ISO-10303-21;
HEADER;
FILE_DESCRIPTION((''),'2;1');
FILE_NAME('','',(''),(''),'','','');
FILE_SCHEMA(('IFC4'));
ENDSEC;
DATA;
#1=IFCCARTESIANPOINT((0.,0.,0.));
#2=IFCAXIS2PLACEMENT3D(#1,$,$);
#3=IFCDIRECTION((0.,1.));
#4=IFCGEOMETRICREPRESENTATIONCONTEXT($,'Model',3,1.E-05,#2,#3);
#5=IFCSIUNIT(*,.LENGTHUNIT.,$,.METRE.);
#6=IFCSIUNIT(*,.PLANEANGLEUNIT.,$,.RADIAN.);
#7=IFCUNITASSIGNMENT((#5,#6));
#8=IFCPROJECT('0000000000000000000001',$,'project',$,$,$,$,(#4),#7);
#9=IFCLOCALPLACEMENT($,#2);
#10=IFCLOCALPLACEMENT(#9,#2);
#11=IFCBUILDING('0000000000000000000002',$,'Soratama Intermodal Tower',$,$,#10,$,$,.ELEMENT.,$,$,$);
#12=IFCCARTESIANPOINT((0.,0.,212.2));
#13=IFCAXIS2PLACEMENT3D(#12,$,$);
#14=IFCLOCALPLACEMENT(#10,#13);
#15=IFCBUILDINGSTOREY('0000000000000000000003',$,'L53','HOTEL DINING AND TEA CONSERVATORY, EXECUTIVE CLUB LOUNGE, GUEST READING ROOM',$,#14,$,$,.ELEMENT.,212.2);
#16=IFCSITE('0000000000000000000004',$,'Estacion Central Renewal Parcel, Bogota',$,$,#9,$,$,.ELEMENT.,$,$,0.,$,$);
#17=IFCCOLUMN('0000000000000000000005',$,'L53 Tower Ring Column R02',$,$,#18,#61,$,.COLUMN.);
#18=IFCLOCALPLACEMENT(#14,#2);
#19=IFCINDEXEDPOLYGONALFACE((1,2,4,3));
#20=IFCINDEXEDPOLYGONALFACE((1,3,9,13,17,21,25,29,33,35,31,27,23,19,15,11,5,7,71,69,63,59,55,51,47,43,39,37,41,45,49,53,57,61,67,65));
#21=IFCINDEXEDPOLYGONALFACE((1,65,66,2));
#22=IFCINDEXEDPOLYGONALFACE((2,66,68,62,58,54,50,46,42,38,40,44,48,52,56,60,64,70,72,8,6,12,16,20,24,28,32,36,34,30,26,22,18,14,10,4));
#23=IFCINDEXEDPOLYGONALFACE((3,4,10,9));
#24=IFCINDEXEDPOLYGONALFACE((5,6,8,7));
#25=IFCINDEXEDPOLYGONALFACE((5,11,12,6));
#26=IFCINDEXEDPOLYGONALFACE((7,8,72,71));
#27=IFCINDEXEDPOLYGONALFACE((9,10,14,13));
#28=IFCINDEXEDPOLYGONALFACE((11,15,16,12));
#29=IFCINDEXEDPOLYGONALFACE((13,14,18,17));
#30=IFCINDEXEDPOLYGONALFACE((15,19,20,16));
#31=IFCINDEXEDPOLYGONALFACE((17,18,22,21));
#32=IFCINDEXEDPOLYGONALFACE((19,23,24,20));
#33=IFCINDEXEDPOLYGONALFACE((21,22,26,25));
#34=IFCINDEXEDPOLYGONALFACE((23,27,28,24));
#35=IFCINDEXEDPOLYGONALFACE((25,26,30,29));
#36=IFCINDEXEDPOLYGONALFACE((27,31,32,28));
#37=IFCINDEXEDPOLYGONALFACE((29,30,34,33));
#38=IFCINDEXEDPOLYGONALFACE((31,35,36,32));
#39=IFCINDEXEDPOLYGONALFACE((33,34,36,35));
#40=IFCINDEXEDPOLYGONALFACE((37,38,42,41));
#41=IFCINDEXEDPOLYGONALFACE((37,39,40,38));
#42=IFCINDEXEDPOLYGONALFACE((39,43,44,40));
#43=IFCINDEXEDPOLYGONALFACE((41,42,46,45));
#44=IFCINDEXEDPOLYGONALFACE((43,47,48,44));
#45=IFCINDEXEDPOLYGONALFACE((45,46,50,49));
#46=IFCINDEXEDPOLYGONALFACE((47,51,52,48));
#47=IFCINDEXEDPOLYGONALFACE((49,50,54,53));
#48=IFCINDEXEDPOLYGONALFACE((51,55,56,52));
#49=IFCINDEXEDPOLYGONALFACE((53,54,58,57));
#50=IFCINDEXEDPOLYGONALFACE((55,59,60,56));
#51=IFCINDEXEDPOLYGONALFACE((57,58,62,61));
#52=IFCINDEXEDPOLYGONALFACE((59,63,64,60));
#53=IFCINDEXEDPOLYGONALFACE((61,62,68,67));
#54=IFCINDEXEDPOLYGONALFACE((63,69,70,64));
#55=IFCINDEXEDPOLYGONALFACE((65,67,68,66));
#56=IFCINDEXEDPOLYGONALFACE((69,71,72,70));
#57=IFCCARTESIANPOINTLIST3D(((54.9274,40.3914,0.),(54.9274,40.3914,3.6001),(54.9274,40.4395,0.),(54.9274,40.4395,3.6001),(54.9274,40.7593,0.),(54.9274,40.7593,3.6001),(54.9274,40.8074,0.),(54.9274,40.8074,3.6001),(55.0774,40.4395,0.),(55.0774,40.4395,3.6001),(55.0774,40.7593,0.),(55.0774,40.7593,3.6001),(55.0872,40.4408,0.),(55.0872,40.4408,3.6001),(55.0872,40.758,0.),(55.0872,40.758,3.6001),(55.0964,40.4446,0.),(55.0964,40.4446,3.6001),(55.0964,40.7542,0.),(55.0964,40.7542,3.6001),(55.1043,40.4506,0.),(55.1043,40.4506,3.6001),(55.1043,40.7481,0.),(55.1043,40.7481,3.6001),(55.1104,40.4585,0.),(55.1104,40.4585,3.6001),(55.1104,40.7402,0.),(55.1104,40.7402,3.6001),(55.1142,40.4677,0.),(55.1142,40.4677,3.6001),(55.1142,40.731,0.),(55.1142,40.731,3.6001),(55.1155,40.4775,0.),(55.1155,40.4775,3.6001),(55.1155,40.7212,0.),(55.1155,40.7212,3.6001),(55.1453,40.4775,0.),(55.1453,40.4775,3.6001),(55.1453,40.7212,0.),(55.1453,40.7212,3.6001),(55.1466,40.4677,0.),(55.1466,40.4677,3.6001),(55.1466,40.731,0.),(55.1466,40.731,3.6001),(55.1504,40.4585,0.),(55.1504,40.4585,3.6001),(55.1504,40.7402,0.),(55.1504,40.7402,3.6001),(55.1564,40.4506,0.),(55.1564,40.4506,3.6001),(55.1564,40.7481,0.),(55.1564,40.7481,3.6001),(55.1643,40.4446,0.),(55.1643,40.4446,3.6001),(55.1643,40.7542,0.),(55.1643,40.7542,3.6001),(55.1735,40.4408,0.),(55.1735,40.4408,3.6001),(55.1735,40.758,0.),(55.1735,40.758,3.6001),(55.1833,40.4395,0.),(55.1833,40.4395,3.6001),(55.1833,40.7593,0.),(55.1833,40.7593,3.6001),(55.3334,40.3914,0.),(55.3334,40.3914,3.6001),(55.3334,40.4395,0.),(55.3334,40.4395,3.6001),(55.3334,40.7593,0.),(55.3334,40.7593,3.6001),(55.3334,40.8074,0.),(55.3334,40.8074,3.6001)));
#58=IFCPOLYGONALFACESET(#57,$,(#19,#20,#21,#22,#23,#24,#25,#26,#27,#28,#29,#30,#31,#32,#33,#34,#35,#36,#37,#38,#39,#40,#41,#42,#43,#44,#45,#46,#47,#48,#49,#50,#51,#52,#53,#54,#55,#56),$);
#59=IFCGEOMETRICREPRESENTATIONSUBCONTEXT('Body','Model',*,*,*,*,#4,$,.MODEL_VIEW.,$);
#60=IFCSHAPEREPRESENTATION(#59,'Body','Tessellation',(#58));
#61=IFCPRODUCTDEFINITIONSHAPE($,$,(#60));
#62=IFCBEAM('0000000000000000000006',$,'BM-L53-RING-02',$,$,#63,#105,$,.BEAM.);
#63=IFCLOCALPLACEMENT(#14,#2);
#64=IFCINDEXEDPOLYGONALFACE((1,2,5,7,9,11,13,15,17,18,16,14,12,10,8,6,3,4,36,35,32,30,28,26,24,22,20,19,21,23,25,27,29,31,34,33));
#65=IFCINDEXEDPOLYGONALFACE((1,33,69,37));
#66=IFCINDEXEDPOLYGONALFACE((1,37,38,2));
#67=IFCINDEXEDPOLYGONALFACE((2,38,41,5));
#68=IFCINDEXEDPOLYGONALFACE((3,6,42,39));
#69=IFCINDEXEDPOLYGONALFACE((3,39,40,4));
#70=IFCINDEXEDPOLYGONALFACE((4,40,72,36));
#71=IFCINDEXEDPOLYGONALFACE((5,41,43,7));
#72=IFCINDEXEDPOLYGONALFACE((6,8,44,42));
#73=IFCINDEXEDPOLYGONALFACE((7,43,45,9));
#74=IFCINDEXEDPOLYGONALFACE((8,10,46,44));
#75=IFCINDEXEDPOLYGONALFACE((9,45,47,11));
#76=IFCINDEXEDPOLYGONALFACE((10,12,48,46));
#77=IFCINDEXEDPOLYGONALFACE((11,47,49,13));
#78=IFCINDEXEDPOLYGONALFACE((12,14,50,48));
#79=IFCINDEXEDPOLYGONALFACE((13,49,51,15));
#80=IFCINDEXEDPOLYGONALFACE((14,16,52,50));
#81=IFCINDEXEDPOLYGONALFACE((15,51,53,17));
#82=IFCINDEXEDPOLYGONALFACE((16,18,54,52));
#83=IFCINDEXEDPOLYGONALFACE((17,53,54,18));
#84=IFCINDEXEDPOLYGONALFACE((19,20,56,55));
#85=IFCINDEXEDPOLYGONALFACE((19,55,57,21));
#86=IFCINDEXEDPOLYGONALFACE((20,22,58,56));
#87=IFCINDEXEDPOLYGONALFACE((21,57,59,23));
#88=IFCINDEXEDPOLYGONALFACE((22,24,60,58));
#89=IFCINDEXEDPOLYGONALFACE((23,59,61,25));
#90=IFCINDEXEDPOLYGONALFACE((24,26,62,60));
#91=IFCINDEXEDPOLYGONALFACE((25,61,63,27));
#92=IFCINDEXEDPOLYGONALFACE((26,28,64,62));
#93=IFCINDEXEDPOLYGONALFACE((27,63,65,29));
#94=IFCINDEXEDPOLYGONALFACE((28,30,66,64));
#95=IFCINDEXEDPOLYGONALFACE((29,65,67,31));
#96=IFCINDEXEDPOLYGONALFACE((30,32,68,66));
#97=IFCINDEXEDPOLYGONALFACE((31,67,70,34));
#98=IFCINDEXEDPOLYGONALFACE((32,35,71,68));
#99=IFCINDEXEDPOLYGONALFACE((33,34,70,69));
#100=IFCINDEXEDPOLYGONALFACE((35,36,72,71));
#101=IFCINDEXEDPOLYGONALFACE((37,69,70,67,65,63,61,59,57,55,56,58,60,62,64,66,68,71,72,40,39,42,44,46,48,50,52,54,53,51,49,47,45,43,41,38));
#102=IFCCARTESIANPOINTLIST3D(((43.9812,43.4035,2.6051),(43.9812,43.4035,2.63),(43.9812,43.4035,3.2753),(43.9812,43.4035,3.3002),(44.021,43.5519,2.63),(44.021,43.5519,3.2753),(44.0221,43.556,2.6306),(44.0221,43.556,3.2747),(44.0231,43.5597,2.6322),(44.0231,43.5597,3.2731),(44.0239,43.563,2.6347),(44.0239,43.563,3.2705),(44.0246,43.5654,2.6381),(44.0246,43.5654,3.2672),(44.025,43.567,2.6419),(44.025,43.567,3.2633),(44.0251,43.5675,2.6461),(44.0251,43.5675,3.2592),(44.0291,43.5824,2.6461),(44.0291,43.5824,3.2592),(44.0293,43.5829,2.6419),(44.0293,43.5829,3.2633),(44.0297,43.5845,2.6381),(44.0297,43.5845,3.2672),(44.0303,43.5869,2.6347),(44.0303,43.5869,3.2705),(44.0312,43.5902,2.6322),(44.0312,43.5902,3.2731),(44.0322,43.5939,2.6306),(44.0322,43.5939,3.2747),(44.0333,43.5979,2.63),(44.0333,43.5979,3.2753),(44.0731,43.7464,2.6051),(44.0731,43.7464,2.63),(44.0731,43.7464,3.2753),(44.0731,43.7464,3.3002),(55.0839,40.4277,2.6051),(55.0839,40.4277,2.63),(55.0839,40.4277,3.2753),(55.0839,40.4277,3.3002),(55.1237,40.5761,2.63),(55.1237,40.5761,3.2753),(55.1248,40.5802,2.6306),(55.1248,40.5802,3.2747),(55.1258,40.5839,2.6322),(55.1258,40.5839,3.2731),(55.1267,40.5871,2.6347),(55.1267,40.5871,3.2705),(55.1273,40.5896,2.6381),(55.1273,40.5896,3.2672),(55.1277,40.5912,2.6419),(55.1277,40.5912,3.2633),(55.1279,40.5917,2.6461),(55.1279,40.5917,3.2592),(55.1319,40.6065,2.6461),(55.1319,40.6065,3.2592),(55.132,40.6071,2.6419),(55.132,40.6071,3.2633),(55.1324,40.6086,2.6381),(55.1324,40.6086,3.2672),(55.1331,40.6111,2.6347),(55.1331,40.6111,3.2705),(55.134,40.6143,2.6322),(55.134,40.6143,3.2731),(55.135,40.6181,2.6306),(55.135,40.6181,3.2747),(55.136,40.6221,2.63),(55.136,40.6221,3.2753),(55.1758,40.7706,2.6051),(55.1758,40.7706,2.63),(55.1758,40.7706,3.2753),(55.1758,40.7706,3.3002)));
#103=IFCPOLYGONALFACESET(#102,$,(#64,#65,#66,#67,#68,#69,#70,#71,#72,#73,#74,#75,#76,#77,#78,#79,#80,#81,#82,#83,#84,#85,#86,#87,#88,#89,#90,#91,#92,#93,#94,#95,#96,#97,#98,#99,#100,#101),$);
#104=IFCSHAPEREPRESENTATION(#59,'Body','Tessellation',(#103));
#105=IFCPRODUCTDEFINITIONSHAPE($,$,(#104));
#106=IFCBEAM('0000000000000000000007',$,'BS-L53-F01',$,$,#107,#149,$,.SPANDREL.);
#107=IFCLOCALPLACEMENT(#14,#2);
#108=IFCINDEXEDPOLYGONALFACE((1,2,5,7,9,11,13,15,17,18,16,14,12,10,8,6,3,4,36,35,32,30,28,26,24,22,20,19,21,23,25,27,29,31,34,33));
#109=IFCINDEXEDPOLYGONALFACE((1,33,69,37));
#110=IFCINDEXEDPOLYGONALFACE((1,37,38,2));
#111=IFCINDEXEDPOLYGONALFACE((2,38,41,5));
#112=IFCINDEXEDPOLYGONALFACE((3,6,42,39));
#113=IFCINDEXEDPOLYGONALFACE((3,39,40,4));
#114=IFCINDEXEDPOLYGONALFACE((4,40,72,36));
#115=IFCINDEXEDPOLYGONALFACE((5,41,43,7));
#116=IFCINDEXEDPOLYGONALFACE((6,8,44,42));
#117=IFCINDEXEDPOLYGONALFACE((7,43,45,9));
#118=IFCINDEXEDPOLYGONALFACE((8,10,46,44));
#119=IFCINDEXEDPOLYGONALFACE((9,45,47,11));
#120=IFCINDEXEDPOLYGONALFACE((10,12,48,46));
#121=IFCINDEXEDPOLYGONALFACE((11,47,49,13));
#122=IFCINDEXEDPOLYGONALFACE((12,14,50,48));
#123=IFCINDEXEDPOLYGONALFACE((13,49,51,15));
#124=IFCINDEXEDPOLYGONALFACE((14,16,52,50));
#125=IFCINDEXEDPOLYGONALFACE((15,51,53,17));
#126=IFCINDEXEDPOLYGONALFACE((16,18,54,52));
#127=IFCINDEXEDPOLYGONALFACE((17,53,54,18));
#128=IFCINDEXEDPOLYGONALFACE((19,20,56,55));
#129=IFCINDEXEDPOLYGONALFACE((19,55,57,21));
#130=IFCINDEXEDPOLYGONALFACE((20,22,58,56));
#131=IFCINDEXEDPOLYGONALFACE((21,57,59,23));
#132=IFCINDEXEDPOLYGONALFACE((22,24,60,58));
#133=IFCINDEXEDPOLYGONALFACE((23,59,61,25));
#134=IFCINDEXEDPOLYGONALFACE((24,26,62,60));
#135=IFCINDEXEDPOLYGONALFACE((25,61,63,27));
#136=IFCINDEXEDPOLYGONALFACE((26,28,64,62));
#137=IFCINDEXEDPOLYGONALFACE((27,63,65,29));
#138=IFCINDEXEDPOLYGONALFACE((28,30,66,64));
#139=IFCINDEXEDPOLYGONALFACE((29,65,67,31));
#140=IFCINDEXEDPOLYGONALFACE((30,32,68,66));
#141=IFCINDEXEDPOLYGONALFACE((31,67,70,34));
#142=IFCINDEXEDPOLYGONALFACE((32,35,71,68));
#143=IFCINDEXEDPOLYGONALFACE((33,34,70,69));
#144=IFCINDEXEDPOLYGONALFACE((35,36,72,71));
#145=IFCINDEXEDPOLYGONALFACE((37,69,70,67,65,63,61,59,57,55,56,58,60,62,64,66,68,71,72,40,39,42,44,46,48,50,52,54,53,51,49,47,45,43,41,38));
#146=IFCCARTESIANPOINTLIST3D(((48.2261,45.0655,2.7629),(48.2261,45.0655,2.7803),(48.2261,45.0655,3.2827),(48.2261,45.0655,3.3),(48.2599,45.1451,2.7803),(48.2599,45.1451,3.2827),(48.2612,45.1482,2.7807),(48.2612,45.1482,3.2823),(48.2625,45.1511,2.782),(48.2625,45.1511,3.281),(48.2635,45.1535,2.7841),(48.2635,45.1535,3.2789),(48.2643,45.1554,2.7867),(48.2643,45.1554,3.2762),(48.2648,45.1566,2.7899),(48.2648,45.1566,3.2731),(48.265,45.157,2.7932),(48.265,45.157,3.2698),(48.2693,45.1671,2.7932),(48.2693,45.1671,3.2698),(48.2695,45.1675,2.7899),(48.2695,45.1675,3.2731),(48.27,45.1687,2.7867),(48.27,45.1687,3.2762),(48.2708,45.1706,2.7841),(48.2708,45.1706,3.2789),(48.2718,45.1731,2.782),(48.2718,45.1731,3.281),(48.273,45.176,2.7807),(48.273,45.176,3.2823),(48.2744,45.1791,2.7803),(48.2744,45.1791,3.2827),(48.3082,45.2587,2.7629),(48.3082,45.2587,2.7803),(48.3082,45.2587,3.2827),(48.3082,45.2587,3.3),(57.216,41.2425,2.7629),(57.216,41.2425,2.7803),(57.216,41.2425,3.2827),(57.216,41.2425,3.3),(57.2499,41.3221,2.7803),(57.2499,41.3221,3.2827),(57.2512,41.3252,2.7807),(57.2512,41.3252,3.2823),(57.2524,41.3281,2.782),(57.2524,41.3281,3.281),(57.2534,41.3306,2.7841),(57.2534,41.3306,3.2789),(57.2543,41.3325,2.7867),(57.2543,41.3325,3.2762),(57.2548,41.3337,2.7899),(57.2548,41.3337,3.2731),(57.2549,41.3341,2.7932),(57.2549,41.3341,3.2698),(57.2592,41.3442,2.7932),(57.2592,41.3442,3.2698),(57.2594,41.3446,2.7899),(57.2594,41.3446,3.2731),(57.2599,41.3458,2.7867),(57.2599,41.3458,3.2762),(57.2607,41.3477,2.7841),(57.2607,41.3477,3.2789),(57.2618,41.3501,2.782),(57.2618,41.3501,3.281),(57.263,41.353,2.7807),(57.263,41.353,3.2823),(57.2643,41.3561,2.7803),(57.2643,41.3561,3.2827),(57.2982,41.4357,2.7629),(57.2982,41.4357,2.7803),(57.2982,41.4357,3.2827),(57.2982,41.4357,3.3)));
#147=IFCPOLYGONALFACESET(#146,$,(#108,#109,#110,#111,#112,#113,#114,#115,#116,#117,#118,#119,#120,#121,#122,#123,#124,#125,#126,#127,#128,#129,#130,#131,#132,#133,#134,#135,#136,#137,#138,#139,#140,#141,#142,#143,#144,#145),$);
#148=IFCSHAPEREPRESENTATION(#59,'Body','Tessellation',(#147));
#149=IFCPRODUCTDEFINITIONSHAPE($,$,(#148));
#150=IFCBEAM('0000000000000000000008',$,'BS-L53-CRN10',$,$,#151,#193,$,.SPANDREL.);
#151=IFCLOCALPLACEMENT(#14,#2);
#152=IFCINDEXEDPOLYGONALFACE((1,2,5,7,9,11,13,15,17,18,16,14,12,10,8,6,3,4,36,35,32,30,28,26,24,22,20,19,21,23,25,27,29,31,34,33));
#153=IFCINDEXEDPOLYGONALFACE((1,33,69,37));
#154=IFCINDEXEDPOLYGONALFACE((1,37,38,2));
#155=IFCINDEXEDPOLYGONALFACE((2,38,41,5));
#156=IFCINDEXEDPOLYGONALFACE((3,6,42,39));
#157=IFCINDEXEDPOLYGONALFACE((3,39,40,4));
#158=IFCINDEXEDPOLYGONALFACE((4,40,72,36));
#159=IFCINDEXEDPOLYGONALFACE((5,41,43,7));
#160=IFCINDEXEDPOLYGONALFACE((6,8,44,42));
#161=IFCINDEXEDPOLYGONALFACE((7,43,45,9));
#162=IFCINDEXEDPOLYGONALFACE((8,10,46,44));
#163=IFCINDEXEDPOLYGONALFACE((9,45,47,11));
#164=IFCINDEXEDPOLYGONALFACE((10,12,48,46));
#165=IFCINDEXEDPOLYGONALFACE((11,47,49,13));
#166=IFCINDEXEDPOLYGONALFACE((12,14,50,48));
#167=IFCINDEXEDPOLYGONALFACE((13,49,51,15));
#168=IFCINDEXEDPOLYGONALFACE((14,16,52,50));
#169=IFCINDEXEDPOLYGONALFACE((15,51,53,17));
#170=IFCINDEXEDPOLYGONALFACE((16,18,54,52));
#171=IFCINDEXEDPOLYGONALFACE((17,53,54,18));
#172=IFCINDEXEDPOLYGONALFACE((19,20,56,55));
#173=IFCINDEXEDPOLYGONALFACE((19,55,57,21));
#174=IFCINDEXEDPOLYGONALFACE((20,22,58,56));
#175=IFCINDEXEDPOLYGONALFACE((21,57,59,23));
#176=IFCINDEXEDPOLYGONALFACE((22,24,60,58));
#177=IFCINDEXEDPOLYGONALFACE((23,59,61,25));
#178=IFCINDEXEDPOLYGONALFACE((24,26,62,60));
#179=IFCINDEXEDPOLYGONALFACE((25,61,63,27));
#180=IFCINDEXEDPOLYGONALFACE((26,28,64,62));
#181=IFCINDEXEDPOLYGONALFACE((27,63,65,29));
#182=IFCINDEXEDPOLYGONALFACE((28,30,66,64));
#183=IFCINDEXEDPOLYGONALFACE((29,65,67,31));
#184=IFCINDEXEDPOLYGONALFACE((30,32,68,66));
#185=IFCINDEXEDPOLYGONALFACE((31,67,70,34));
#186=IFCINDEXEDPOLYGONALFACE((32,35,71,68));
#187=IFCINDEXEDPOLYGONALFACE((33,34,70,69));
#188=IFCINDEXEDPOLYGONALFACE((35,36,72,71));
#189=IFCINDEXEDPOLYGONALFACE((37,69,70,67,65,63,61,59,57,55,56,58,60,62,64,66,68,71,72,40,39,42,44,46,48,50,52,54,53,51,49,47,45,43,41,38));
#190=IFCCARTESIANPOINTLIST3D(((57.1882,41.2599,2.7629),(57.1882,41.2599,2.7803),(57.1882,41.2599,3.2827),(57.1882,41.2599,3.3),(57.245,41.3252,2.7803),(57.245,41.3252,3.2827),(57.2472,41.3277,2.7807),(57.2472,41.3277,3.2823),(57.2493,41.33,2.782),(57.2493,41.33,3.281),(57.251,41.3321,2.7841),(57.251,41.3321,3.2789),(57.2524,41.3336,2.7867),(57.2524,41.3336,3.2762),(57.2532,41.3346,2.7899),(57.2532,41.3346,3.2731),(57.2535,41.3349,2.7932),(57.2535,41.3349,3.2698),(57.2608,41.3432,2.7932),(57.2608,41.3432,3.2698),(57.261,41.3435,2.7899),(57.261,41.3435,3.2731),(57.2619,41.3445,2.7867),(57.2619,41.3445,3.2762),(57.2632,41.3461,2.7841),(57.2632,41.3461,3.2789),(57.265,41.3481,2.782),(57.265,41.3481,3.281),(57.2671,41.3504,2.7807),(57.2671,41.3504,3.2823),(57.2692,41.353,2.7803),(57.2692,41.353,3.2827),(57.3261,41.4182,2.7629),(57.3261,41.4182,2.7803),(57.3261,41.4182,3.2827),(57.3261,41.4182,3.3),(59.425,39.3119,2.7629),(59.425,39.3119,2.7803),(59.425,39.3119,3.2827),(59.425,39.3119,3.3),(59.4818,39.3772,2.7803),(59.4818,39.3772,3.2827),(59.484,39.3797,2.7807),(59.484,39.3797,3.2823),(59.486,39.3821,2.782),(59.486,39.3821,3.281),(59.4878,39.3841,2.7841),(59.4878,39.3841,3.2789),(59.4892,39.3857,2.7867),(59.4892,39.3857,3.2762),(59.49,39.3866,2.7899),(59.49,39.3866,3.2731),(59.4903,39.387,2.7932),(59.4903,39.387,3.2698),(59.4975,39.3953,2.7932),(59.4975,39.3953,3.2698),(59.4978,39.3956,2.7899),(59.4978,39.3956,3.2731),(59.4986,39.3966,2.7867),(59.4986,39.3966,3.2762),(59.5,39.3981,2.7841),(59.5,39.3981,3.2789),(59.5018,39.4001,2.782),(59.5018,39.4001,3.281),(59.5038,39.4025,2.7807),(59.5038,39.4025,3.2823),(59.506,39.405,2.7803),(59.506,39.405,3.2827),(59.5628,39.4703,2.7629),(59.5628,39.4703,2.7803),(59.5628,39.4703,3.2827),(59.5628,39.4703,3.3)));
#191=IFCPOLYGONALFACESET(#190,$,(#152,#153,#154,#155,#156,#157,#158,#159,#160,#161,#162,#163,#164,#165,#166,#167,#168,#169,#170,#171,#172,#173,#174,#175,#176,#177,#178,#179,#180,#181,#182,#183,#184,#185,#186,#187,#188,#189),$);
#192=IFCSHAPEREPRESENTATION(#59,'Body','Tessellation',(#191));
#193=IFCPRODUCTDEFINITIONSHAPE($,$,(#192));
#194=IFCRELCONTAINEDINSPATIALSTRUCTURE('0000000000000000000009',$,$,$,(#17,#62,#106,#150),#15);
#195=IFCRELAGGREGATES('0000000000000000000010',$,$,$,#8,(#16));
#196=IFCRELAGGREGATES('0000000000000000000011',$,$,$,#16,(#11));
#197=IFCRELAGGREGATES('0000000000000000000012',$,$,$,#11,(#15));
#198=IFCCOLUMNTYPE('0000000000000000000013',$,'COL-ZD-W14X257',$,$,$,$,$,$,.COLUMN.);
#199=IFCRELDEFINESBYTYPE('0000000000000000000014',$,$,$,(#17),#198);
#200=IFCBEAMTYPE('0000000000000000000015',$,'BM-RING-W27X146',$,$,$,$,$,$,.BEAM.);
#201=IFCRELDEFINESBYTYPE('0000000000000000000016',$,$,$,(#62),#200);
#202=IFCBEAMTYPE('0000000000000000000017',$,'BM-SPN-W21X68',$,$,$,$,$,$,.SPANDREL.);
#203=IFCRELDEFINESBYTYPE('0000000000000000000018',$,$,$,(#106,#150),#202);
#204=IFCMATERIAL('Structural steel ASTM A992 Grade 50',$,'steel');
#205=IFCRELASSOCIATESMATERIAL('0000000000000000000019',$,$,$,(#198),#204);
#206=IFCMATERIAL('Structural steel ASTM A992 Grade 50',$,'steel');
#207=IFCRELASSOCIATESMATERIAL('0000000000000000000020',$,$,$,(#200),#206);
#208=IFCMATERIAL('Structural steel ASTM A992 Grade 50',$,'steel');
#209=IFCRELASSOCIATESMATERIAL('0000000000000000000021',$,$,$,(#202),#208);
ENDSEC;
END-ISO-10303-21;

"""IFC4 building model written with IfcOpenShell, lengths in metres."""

from ifc_helpers import new_model, si_unit, direction, frame, origin, origin_2d, place, context, subcontext, project, spatial, i_section, extrude, material, material_profile, profile_set, type_object, element, save


model = new_model("IFC4")

# Units and contexts
model_context = context("Model", 3, precision=1e-05, world=origin(), true_north=direction((0.0, 1.0)))
body_context = subcontext(model_context, "Body", "Model", "MODEL_VIEW")
ifc_project = project(units=[si_unit("LENGTHUNIT", "METRE"), si_unit("PLANEANGLEUNIT", "RADIAN")], contexts=[model_context])

# Site, building, storey
site_placement = place(None, origin())
site = spatial("IfcSite", under=ifc_project, at=site_placement, Name="Estacion Central Renewal Parcel, Bogota", CompositionType="ELEMENT", RefElevation=0.0)
building_placement = place(site_placement, origin())
building = spatial("IfcBuilding", under=site, at=building_placement, Name="Soratama Intermodal Tower", CompositionType="ELEMENT")
storey_placement = place(building_placement, frame((0.0, 0.0, 212.2)))
storey = spatial("IfcBuildingStorey", under=building, at=storey_placement, Name="L53", Description="HOTEL DINING AND TEA CONSERVATORY, EXECUTIVE CLUB LOUNGE, GUEST READING ROOM", CompositionType="ELEMENT", Elevation=212.2)

# Column
ifc_material_1 = material(Name="Structural steel ASTM A992 Grade 50", Category="steel")
ifc_material_profile_1 = material_profile(ifc_material_1, i_section(OverallWidth=0.406, OverallDepth=0.416, WebThickness=0.0298, FlangeThickness=0.0481, FilletRadius=0.0381, at=origin_2d()), Name="W14X257")
ifc_profile_set_1 = profile_set([ifc_material_profile_1], Name="Structural steel ASTM A992 Grade 50")
column_type = type_object("IfcColumnType", Name="COL-ZD-W14X257", PredefinedType="COLUMN", material=ifc_profile_set_1)
column_placement = place(storey_placement, frame((55.1304, 40.5994, 0.0), z_axis=(0.0, 0.0, 1.0), x_axis=(1.0, 0.0, 0.0)))
element("IfcColumn", 1, at=column_placement, inside=storey, type_object=column_type, Name="L53 Tower Ring Column R02", PredefinedType="COLUMN", context=body_context, shape_type="SweptSolid", body=[
    extrude(i_section(OverallWidth=0.406, OverallDepth=0.416, WebThickness=0.0298, FlangeThickness=0.0481, FilletRadius=0.0381, at=origin_2d()), origin(), (0.0, 0.0, 1.0), 3.6001),
])

# Beams
ifc_material_2 = material(Name="Structural steel ASTM A992 Grade 50", Category="steel")
ifc_material_profile_2 = material_profile(ifc_material_2, i_section(OverallWidth=0.355, OverallDepth=0.6951, WebThickness=0.0154, FlangeThickness=0.0249, FilletRadius=0.0161, at=origin_2d()), Name="W27X146")
ifc_profile_set_2 = profile_set([ifc_material_profile_2], Name="Structural steel ASTM A992 Grade 50")
beam_type_1 = type_object("IfcBeamType", Name="BM-RING-W27X146", PredefinedType="BEAM", material=ifc_profile_set_2)
beam_1_placement = place(storey_placement, frame((55.1299, 40.5991, 2.9526), z_axis=(-0.965907, 0.258888, 0.0), x_axis=(-0.258888, -0.965907, 0.0)))
element("IfcBeam", 2, at=beam_1_placement, inside=storey, type_object=beam_type_1, Name="BM-L53-RING-02", PredefinedType="BEAM", context=body_context, shape_type="SweptSolid", body=[
    extrude(i_section(OverallWidth=0.355, OverallDepth=0.6951, WebThickness=0.0154, FlangeThickness=0.0249, FilletRadius=0.0161, at=origin_2d()), origin(), (0.0, 0.0, 1.0), 11.4946),
])
ifc_material_3 = material(Name="Structural steel ASTM A992 Grade 50", Category="steel")
ifc_material_profile_3 = material_profile(ifc_material_3, i_section(OverallWidth=0.21, OverallDepth=0.5371, WebThickness=0.011, FlangeThickness=0.0173, FilletRadius=0.0129, at=origin_2d()), Name="W21X68")
ifc_profile_set_3 = profile_set([ifc_material_profile_3], Name="Structural steel ASTM A992 Grade 50")
beam_type_2 = type_object("IfcBeamType", Name="BM-SPN-W21X68", PredefinedType="SPANDREL", material=ifc_profile_set_3)
beam_2_placement = place(storey_placement, frame((57.2571, 41.3391, 3.0315), z_axis=(-0.920248, 0.391336, 0.0), x_axis=(-0.391336, -0.920248, 0.0)))
element("IfcBeam", 3, at=beam_2_placement, inside=storey, type_object=beam_type_2, Name="BS-L53-F01", PredefinedType="SPANDREL", context=body_context, shape_type="SweptSolid", body=[
    extrude(i_section(OverallWidth=0.21, OverallDepth=0.5371, WebThickness=0.011, FlangeThickness=0.0173, FilletRadius=0.0129, at=origin_2d()), origin(), (0.0, 0.0, 1.0), 9.769),
])
beam_3_placement = place(storey_placement, frame((59.4939, 39.3911, 3.0315), z_axis=(-0.754114, 0.656743, 0.0), x_axis=(-0.656743, -0.754114, 0.0)))
element("IfcBeam", 4, at=beam_3_placement, inside=storey, type_object=beam_type_2, Name="BS-L53-CRN10", PredefinedType="SPANDREL", context=body_context, shape_type="SweptSolid", body=[
    extrude(i_section(OverallWidth=0.21, OverallDepth=0.5371, WebThickness=0.011, FlangeThickness=0.0173, FilletRadius=0.0129, at=origin_2d()), origin(), (0.0, 0.0, 1.0), 2.9661),
])

save(model, "model.ifc")
